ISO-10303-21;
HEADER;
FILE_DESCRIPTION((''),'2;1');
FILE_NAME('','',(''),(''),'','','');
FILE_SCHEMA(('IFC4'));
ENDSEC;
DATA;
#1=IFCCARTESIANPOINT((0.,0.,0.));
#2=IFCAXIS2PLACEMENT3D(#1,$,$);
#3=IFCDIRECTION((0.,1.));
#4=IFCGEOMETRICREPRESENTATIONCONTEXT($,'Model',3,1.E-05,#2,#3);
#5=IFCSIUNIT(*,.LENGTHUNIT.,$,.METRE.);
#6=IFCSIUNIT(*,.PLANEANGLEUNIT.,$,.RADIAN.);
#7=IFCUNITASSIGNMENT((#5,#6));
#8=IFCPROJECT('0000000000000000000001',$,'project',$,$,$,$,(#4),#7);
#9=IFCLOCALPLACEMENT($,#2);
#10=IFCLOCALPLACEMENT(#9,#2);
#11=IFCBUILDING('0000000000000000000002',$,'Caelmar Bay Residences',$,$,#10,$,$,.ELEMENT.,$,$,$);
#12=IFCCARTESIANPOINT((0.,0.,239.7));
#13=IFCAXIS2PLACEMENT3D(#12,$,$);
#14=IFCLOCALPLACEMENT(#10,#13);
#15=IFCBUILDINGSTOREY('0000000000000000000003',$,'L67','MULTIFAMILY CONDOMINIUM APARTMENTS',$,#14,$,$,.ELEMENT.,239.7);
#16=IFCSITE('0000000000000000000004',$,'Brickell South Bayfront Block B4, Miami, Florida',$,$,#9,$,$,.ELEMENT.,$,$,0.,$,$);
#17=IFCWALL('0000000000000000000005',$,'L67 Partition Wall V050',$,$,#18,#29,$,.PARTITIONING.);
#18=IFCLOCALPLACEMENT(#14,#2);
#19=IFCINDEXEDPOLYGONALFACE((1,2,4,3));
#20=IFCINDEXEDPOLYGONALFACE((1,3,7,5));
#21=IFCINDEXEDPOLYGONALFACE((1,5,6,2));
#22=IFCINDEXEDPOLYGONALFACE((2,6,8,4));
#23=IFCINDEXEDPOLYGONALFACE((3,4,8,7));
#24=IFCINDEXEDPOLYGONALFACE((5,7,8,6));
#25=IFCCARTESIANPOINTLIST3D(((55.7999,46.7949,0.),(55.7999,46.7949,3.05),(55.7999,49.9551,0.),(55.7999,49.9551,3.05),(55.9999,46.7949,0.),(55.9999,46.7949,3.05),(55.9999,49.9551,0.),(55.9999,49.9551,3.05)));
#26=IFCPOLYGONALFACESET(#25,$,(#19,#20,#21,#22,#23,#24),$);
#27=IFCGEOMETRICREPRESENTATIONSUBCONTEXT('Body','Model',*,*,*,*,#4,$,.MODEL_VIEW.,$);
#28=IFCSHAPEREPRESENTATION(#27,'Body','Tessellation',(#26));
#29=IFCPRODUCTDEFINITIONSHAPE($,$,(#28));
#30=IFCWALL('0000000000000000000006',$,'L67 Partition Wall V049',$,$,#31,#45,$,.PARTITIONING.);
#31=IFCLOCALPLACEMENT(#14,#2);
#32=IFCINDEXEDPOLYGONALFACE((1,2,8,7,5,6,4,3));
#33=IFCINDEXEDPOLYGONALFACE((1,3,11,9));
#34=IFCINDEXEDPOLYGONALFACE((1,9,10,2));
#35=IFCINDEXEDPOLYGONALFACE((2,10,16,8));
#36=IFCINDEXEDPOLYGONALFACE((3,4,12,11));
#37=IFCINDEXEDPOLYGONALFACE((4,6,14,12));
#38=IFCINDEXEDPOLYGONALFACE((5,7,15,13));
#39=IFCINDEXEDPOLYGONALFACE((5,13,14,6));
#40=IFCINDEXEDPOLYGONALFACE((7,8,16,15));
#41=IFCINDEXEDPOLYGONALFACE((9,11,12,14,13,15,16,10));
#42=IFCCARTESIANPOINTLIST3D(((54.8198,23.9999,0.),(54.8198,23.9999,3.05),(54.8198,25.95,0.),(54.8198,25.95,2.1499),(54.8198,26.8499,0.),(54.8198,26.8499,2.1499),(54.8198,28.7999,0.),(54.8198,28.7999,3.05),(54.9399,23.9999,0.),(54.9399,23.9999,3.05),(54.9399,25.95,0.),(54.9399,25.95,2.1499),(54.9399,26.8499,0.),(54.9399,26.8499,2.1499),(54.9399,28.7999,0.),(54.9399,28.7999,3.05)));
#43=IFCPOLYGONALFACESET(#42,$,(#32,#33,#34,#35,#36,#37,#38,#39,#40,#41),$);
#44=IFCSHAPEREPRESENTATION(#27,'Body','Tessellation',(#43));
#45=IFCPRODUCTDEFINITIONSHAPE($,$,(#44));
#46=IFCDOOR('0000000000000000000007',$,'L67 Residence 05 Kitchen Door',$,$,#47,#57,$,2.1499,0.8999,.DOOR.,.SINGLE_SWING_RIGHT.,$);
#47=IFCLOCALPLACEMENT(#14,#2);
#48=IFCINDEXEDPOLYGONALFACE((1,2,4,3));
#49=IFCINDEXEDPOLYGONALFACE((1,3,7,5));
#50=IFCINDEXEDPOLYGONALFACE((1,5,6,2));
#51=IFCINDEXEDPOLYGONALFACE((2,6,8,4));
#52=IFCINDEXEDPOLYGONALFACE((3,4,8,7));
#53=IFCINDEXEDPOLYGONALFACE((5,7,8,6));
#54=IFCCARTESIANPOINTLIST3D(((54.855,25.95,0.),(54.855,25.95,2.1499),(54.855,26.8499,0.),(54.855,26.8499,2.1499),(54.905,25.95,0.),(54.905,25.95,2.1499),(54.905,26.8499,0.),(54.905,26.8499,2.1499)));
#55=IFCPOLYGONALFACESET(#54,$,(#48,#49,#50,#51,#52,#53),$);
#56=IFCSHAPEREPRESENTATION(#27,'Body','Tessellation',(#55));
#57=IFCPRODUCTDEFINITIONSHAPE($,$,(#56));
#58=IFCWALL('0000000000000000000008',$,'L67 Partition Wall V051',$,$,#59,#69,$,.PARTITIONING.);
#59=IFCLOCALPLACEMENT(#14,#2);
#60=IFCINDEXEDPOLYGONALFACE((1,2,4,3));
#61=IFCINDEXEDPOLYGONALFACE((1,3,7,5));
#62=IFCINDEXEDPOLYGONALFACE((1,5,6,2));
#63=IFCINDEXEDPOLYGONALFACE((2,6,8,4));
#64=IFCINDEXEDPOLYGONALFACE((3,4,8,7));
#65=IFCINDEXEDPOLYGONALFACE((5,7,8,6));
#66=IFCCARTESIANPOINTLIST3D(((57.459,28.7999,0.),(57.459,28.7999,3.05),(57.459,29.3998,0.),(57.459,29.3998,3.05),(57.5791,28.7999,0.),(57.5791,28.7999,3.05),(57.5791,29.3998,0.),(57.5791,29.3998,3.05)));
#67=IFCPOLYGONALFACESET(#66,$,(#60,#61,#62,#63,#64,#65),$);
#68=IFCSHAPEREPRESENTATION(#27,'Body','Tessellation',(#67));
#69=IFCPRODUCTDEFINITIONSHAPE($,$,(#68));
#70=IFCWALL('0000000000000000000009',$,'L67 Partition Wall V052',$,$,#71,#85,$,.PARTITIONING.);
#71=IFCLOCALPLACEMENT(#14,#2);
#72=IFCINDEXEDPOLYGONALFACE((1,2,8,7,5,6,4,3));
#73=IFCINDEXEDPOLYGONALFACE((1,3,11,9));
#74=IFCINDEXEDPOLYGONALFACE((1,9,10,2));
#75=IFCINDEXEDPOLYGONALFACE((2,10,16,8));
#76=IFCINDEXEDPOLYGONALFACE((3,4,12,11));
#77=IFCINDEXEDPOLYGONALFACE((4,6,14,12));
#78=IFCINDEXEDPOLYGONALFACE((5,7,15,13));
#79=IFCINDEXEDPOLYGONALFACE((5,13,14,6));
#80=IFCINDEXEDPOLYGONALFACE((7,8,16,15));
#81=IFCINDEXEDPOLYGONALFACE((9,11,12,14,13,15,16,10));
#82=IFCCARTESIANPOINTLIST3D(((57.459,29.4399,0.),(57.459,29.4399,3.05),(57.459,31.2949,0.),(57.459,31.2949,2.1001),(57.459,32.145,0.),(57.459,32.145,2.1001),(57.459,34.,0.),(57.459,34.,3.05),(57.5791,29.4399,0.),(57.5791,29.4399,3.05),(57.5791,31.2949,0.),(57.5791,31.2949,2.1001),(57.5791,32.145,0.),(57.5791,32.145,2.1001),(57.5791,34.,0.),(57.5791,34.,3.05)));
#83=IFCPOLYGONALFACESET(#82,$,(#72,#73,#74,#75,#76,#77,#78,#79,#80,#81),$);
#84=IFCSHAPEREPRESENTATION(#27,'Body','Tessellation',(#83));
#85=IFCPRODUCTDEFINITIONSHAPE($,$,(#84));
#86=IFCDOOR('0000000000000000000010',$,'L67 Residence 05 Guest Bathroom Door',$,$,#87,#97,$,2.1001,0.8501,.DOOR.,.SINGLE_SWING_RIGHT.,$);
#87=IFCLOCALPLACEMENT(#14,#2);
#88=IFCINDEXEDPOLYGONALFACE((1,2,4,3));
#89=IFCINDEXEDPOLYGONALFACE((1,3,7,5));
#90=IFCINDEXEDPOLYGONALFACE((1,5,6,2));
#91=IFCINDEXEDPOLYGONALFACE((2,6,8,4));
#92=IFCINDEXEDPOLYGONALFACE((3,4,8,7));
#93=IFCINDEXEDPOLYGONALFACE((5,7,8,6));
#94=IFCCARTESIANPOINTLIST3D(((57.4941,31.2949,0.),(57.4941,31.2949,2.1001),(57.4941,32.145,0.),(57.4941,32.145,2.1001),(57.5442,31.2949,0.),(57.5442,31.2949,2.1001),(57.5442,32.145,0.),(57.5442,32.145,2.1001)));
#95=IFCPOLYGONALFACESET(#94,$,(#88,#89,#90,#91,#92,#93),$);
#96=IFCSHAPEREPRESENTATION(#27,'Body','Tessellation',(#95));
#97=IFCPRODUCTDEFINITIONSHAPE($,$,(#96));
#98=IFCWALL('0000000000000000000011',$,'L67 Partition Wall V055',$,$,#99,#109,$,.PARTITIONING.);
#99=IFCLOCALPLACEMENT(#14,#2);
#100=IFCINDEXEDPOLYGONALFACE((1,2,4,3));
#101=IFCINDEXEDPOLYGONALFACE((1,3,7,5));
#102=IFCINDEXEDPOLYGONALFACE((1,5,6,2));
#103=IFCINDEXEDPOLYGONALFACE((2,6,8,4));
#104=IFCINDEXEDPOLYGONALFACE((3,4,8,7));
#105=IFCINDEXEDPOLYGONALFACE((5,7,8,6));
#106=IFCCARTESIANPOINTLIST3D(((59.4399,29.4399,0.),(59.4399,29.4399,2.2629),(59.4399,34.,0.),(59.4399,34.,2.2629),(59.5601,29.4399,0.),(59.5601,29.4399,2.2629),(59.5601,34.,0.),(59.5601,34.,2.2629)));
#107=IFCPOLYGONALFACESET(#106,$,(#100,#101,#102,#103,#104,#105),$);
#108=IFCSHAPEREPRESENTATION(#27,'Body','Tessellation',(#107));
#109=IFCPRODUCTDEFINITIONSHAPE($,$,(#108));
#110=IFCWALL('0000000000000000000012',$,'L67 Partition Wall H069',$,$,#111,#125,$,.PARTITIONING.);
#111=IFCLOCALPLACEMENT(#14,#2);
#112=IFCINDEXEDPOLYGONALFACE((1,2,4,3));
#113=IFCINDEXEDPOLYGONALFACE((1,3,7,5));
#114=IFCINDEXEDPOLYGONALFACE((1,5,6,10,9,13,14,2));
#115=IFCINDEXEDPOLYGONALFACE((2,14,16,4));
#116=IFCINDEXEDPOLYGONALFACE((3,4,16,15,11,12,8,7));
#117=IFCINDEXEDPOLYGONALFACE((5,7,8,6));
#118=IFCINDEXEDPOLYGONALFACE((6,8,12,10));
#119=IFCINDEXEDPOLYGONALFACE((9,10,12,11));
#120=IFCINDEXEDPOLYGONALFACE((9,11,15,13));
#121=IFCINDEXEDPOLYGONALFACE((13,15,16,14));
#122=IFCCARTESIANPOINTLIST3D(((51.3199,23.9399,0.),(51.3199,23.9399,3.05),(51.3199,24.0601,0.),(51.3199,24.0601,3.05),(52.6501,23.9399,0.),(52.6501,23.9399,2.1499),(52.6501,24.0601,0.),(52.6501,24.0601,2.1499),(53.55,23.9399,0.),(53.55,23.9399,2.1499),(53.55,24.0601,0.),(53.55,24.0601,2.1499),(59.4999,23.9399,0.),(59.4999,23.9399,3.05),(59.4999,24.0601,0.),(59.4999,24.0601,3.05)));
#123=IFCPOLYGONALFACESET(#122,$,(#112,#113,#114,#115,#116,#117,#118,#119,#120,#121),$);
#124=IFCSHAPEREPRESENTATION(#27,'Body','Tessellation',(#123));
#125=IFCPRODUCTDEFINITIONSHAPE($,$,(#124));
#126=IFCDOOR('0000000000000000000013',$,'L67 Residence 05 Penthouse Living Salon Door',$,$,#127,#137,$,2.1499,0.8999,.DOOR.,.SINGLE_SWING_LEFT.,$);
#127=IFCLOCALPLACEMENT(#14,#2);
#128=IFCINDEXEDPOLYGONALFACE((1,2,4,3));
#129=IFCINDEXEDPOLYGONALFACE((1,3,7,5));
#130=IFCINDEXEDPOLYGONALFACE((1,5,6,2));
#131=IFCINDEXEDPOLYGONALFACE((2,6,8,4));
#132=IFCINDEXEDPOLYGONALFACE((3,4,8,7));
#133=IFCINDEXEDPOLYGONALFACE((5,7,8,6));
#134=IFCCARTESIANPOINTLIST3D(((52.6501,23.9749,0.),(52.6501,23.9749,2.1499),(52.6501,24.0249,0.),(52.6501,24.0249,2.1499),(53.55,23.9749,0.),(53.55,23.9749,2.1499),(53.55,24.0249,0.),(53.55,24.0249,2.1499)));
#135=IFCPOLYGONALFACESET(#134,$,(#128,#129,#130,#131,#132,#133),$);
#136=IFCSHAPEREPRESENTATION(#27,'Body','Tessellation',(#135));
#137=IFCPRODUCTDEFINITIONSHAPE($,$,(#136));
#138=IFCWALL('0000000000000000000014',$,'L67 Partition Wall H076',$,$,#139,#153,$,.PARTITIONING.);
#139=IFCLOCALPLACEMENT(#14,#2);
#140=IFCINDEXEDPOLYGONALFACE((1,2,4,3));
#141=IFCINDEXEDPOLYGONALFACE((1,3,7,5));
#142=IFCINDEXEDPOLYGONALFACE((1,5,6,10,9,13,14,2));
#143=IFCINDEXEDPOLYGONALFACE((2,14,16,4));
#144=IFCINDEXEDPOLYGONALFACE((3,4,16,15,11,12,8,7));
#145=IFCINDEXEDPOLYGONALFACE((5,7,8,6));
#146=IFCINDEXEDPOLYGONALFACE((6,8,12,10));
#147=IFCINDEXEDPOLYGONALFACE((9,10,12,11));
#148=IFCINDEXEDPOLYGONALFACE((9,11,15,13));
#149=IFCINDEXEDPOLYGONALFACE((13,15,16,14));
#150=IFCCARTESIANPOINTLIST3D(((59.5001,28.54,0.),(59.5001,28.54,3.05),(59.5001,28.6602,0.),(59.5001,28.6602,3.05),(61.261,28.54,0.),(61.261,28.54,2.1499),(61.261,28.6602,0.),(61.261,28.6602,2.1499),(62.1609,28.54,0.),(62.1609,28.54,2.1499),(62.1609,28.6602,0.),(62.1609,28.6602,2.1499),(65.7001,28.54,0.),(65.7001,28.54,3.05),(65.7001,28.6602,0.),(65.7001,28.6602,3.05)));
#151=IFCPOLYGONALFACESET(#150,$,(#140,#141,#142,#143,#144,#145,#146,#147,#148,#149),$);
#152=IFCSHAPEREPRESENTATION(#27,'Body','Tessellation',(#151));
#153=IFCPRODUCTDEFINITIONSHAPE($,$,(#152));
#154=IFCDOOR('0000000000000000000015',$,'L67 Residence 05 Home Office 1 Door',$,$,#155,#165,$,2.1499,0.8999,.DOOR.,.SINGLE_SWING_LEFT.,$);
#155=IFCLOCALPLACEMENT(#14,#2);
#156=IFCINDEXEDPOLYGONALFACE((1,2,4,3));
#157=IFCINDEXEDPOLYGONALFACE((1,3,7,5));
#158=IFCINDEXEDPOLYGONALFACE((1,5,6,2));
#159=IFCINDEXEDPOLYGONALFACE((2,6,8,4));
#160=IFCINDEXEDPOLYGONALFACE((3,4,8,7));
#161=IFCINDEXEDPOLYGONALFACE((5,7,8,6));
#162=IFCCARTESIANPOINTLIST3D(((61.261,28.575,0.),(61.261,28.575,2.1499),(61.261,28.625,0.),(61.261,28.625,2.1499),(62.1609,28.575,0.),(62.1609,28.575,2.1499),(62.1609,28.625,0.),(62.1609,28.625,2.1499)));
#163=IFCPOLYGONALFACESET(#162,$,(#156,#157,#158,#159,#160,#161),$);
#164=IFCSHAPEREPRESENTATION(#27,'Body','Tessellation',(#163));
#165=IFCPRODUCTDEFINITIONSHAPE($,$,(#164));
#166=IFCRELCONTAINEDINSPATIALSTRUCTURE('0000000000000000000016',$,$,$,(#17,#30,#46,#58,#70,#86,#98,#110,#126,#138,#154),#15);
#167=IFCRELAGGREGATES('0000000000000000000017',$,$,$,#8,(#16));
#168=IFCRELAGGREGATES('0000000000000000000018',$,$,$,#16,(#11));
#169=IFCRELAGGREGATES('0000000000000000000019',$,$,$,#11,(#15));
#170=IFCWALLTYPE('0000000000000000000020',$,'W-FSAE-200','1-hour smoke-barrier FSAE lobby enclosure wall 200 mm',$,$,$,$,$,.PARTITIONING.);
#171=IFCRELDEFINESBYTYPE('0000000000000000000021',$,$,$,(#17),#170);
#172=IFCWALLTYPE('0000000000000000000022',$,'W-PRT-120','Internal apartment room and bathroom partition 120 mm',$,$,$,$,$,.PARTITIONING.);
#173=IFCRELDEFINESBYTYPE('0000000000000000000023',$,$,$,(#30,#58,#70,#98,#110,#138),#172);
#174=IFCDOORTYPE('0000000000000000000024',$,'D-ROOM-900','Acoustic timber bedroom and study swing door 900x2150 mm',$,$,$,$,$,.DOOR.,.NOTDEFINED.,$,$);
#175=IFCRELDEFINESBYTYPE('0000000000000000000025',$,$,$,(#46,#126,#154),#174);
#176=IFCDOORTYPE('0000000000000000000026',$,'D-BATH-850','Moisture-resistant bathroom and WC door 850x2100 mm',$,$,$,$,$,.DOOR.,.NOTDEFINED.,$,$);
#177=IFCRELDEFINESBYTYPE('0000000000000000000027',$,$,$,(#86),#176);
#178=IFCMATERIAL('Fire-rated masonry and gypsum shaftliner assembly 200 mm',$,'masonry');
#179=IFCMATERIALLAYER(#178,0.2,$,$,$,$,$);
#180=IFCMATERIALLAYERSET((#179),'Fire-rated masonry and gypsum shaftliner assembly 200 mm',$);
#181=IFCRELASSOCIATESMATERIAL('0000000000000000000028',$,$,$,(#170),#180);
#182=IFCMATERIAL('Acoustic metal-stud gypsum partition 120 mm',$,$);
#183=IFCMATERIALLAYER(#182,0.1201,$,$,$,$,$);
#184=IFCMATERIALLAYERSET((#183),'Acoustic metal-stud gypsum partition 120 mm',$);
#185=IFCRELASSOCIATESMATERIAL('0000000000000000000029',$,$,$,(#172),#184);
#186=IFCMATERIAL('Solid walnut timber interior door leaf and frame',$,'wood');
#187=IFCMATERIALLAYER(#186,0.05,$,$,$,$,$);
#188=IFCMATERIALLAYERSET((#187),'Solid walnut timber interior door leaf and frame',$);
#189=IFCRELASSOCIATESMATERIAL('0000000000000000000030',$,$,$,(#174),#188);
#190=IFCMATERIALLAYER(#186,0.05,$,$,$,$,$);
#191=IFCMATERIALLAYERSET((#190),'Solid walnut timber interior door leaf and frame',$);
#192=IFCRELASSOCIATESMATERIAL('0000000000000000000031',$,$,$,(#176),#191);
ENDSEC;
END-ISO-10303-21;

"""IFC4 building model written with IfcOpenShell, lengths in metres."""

from ifc_helpers import new_model, si_unit, direction, frame, frame_2d, origin, place, context, subcontext, project, spatial, rectangle, extrude, material, layer, layer_set, type_object, element, fill, save


model = new_model("IFC4")

# Units and contexts
model_context = context("Model", 3, precision=1e-05, world=origin(), true_north=direction((0.0, 1.0)))
body_context = subcontext(model_context, "Body", "Model", "MODEL_VIEW")
ifc_project = project(units=[si_unit("LENGTHUNIT", "METRE"), si_unit("PLANEANGLEUNIT", "RADIAN")], contexts=[model_context])

# Site, building, storey
site_placement = place(None, origin())
site = spatial("IfcSite", under=ifc_project, at=site_placement, Name="Brickell South Bayfront Block B4, Miami, Florida", CompositionType="ELEMENT", RefElevation=0.0)
building_placement = place(site_placement, origin())
building = spatial("IfcBuilding", under=site, at=building_placement, Name="Caelmar Bay Residences", CompositionType="ELEMENT")
storey_placement = place(building_placement, frame((0.0, 0.0, 239.7)))
storey = spatial("IfcBuildingStorey", under=building, at=storey_placement, Name="L67", Description="MULTIFAMILY CONDOMINIUM APARTMENTS", CompositionType="ELEMENT", Elevation=239.7)

# Wall
ifc_material_1 = material(Name="Fire-rated masonry and gypsum shaftliner assembly 200 mm", Category="masonry")
ifc_layer_1 = layer(ifc_material_1, 0.2)
ifc_layer_set_1 = layer_set([ifc_layer_1], Name="Fire-rated masonry and gypsum shaftliner assembly 200 mm")
wall_type_1 = type_object("IfcWallType", Name="W-FSAE-200", Description="1-hour smoke-barrier FSAE lobby enclosure wall 200 mm", PredefinedType="PARTITIONING", material=ifc_layer_set_1)
wall_1_placement = place(storey_placement, frame((55.8999, 46.7949, 0.0), z_axis=(0.0, 0.0, 1.0), x_axis=(0.0, 1.0, 0.0)))
element("IfcWall", 1, at=wall_1_placement, inside=storey, type_object=wall_type_1, Name="L67 Partition Wall V050", PredefinedType="PARTITIONING", context=body_context, shape_type="SweptSolid", body=[
    extrude(rectangle(XDim=3.1602, YDim=0.2, at=frame_2d((1.5801, 0.0))), origin(), (0.0, 0.0, 1.0), 3.05),
])

# Wall, opening, door
ifc_material_2 = material(Name="Acoustic metal-stud gypsum partition 120 mm")
ifc_layer_2 = layer(ifc_material_2, 0.1201)
ifc_layer_set_2 = layer_set([ifc_layer_2], Name="Acoustic metal-stud gypsum partition 120 mm")
wall_type_2 = type_object("IfcWallType", Name="W-PRT-120", Description="Internal apartment room and bathroom partition 120 mm", PredefinedType="PARTITIONING", material=ifc_layer_set_2)
wall_2_placement = place(storey_placement, frame((54.8799, 24.0, 0.0), z_axis=(0.0, 0.0, 1.0), x_axis=(0.0, 1.0, 0.0)))
wall_2 = element("IfcWall", 2, at=wall_2_placement, inside=storey, type_object=wall_type_2, Name="L67 Partition Wall V049", PredefinedType="PARTITIONING", context=body_context, shape_type="SweptSolid", body=[
    extrude(rectangle(XDim=4.8, YDim=0.1201, at=frame_2d((2.3999, 0.0))), origin(), (0.0, 0.0, 1.0), 3.05),
])
opening_1_placement = place(wall_2_placement, frame((1.95, 0.0, 0.0)))
opening_1 = element("IfcOpeningElement", 3, at=opening_1_placement, cuts=wall_2, PredefinedType="OPENING", context=body_context, shape_type="SweptSolid", body=[
    extrude(rectangle(XDim=0.8999, YDim=2.1499, at=frame_2d((0.45, 1.075))), frame((0.0, 0.0701, 0.0), z_axis=(0.0, -1.0, 0.0), x_axis=(1.0, 0.0, 0.0)), (0.0, 0.0, 1.0), 0.1401),
])
ifc_material_3 = material(Name="Solid walnut timber interior door leaf and frame", Category="wood")
ifc_layer_3 = layer(ifc_material_3, 0.05)
ifc_layer_set_3 = layer_set([ifc_layer_3], Name="Solid walnut timber interior door leaf and frame")
door_type_1 = type_object("IfcDoorType", Name="D-ROOM-900", Description="Acoustic timber bedroom and study swing door 900x2150 mm", OperationType="NOTDEFINED", PredefinedType="DOOR", material=ifc_layer_set_3)
door_1_placement = place(opening_1_placement, origin())
door_1 = element("IfcDoor", 4, at=door_1_placement, inside=storey, type_object=door_type_1, Name="L67 Residence 05 Kitchen Door", OperationType="SINGLE_SWING_RIGHT", OverallHeight=2.1499, OverallWidth=0.8999, PredefinedType="DOOR", context=body_context, shape_type="SweptSolid", body=[
    extrude(rectangle(XDim=0.8999, YDim=2.1499, at=frame_2d((0.45, 1.075))), frame((0.0, 0.0249, 0.0), z_axis=(0.0, -1.0, 0.0), x_axis=(1.0, 0.0, 0.0)), (0.0, 0.0, 1.0), 0.05),
])
fill(opening_1, door_1)

# Wall
wall_3_placement = place(storey_placement, frame((57.519, 28.8, 0.0), z_axis=(0.0, 0.0, 1.0), x_axis=(0.0, 1.0, 0.0)))
element("IfcWall", 5, at=wall_3_placement, inside=storey, type_object=wall_type_2, Name="L67 Partition Wall V051", PredefinedType="PARTITIONING", context=body_context, shape_type="SweptSolid", body=[
    extrude(rectangle(XDim=0.5999, YDim=0.1201, at=frame_2d((0.2998, 0.0))), origin(), (0.0, 0.0, 1.0), 3.05),
])

# Wall, opening, door
wall_4_placement = place(storey_placement, frame((57.519, 29.4399, 0.0), z_axis=(0.0, 0.0, 1.0), x_axis=(0.0, 1.0, 0.0)))
wall_4 = element("IfcWall", 6, at=wall_4_placement, inside=storey, type_object=wall_type_2, Name="L67 Partition Wall V052", PredefinedType="PARTITIONING", context=body_context, shape_type="SweptSolid", body=[
    extrude(rectangle(XDim=4.5601, YDim=0.1201, at=frame_2d((2.28, 0.0))), origin(), (0.0, 0.0, 1.0), 3.05),
])
opening_2_placement = place(wall_4_placement, frame((1.855, 0.0, 0.0)))
opening_2 = element("IfcOpeningElement", 7, at=opening_2_placement, cuts=wall_4, PredefinedType="OPENING", context=body_context, shape_type="SweptSolid", body=[
    extrude(rectangle(XDim=0.8501, YDim=2.1001, at=frame_2d((0.425, 1.05))), frame((0.0, 0.0701, 0.0), z_axis=(0.0, -1.0, 0.0), x_axis=(1.0, 0.0, 0.0)), (0.0, 0.0, 1.0), 0.1401),
])
ifc_layer_4 = layer(ifc_material_3, 0.05)
ifc_layer_set_4 = layer_set([ifc_layer_4], Name="Solid walnut timber interior door leaf and frame")
door_type_2 = type_object("IfcDoorType", Name="D-BATH-850", Description="Moisture-resistant bathroom and WC door 850x2100 mm", OperationType="NOTDEFINED", PredefinedType="DOOR", material=ifc_layer_set_4)
door_2_placement = place(opening_2_placement, origin())
door_2 = element("IfcDoor", 8, at=door_2_placement, inside=storey, type_object=door_type_2, Name="L67 Residence 05 Guest Bathroom Door", OperationType="SINGLE_SWING_RIGHT", OverallHeight=2.1001, OverallWidth=0.8501, PredefinedType="DOOR", context=body_context, shape_type="SweptSolid", body=[
    extrude(rectangle(XDim=0.8501, YDim=2.1001, at=frame_2d((0.425, 1.05))), frame((0.0, 0.0249, 0.0), z_axis=(0.0, -1.0, 0.0), x_axis=(1.0, 0.0, 0.0)), (0.0, 0.0, 1.0), 0.05),
])
fill(opening_2, door_2)

# Wall
wall_5_placement = place(storey_placement, frame((59.5, 29.4399, 0.0), z_axis=(0.0, 0.0, 1.0), x_axis=(0.0, 1.0, 0.0)))
element("IfcWall", 9, at=wall_5_placement, inside=storey, type_object=wall_type_2, Name="L67 Partition Wall V055", PredefinedType="PARTITIONING", context=body_context, shape_type="SweptSolid", body=[
    extrude(rectangle(XDim=4.5601, YDim=0.1201, at=frame_2d((2.28, 0.0))), origin(), (0.0, 0.0, 1.0), 2.2629),
])

# Walls, openings, doors
wall_6_placement = place(storey_placement, frame((51.3201, 24.0, 0.0), z_axis=(0.0, 0.0, 1.0), x_axis=(1.0, 0.0, 0.0)))
wall_6 = element("IfcWall", 10, at=wall_6_placement, inside=storey, type_object=wall_type_2, Name="L67 Partition Wall H069", PredefinedType="PARTITIONING", context=body_context, shape_type="SweptSolid", body=[
    extrude(rectangle(XDim=8.1799, YDim=0.1201, at=frame_2d((4.0898, 0.0))), origin(), (0.0, 0.0, 1.0), 3.05),
])
opening_3_placement = place(wall_6_placement, frame((1.3301, 0.0, 0.0)))
opening_3 = element("IfcOpeningElement", 11, at=opening_3_placement, cuts=wall_6, PredefinedType="OPENING", context=body_context, shape_type="SweptSolid", body=[
    extrude(rectangle(XDim=0.8999, YDim=2.1499, at=frame_2d((0.45, 1.075))), frame((0.0, 0.0701, 0.0), z_axis=(0.0, -1.0, 0.0), x_axis=(1.0, 0.0, 0.0)), (0.0, 0.0, 1.0), 0.1401),
])
door_3_placement = place(opening_3_placement, origin())
door_3 = element("IfcDoor", 12, at=door_3_placement, inside=storey, type_object=door_type_1, Name="L67 Residence 05 Penthouse Living Salon Door", OperationType="SINGLE_SWING_LEFT", OverallHeight=2.1499, OverallWidth=0.8999, PredefinedType="DOOR", context=body_context, shape_type="SweptSolid", body=[
    extrude(rectangle(XDim=0.8999, YDim=2.1499, at=frame_2d((0.45, 1.075))), frame((0.0, 0.0249, 0.0), z_axis=(0.0, -1.0, 0.0), x_axis=(1.0, 0.0, 0.0)), (0.0, 0.0, 1.0), 0.05),
])
fill(opening_3, door_3)
wall_7_placement = place(storey_placement, frame((59.5, 28.6001, 0.0), z_axis=(0.0, 0.0, 1.0), x_axis=(1.0, 0.0, 0.0)))
wall_7 = element("IfcWall", 13, at=wall_7_placement, inside=storey, type_object=wall_type_2, Name="L67 Partition Wall H076", PredefinedType="PARTITIONING", context=body_context, shape_type="SweptSolid", body=[
    extrude(rectangle(XDim=6.2, YDim=0.1201, at=frame_2d((3.1001, 0.0))), origin(), (0.0, 0.0, 1.0), 3.05),
])
opening_4_placement = place(wall_7_placement, frame((1.761, 0.0, 0.0)))
opening_4 = element("IfcOpeningElement", 14, at=opening_4_placement, cuts=wall_7, PredefinedType="OPENING", context=body_context, shape_type="SweptSolid", body=[
    extrude(rectangle(XDim=0.8999, YDim=2.1499, at=frame_2d((0.45, 1.075))), frame((0.0, 0.0701, 0.0), z_axis=(0.0, -1.0, 0.0), x_axis=(1.0, 0.0, 0.0)), (0.0, 0.0, 1.0), 0.1401),
])
door_4_placement = place(opening_4_placement, origin())
door_4 = element("IfcDoor", 15, at=door_4_placement, inside=storey, type_object=door_type_1, Name="L67 Residence 05 Home Office 1 Door", OperationType="SINGLE_SWING_LEFT", OverallHeight=2.1499, OverallWidth=0.8999, PredefinedType="DOOR", context=body_context, shape_type="SweptSolid", body=[
    extrude(rectangle(XDim=0.8999, YDim=2.1499, at=frame_2d((0.45, 1.075))), frame((0.0, 0.0249, 0.0), z_axis=(0.0, -1.0, 0.0), x_axis=(1.0, 0.0, 0.0)), (0.0, 0.0, 1.0), 0.05),
])
fill(opening_4, door_4)

save(model, "model.ifc")
